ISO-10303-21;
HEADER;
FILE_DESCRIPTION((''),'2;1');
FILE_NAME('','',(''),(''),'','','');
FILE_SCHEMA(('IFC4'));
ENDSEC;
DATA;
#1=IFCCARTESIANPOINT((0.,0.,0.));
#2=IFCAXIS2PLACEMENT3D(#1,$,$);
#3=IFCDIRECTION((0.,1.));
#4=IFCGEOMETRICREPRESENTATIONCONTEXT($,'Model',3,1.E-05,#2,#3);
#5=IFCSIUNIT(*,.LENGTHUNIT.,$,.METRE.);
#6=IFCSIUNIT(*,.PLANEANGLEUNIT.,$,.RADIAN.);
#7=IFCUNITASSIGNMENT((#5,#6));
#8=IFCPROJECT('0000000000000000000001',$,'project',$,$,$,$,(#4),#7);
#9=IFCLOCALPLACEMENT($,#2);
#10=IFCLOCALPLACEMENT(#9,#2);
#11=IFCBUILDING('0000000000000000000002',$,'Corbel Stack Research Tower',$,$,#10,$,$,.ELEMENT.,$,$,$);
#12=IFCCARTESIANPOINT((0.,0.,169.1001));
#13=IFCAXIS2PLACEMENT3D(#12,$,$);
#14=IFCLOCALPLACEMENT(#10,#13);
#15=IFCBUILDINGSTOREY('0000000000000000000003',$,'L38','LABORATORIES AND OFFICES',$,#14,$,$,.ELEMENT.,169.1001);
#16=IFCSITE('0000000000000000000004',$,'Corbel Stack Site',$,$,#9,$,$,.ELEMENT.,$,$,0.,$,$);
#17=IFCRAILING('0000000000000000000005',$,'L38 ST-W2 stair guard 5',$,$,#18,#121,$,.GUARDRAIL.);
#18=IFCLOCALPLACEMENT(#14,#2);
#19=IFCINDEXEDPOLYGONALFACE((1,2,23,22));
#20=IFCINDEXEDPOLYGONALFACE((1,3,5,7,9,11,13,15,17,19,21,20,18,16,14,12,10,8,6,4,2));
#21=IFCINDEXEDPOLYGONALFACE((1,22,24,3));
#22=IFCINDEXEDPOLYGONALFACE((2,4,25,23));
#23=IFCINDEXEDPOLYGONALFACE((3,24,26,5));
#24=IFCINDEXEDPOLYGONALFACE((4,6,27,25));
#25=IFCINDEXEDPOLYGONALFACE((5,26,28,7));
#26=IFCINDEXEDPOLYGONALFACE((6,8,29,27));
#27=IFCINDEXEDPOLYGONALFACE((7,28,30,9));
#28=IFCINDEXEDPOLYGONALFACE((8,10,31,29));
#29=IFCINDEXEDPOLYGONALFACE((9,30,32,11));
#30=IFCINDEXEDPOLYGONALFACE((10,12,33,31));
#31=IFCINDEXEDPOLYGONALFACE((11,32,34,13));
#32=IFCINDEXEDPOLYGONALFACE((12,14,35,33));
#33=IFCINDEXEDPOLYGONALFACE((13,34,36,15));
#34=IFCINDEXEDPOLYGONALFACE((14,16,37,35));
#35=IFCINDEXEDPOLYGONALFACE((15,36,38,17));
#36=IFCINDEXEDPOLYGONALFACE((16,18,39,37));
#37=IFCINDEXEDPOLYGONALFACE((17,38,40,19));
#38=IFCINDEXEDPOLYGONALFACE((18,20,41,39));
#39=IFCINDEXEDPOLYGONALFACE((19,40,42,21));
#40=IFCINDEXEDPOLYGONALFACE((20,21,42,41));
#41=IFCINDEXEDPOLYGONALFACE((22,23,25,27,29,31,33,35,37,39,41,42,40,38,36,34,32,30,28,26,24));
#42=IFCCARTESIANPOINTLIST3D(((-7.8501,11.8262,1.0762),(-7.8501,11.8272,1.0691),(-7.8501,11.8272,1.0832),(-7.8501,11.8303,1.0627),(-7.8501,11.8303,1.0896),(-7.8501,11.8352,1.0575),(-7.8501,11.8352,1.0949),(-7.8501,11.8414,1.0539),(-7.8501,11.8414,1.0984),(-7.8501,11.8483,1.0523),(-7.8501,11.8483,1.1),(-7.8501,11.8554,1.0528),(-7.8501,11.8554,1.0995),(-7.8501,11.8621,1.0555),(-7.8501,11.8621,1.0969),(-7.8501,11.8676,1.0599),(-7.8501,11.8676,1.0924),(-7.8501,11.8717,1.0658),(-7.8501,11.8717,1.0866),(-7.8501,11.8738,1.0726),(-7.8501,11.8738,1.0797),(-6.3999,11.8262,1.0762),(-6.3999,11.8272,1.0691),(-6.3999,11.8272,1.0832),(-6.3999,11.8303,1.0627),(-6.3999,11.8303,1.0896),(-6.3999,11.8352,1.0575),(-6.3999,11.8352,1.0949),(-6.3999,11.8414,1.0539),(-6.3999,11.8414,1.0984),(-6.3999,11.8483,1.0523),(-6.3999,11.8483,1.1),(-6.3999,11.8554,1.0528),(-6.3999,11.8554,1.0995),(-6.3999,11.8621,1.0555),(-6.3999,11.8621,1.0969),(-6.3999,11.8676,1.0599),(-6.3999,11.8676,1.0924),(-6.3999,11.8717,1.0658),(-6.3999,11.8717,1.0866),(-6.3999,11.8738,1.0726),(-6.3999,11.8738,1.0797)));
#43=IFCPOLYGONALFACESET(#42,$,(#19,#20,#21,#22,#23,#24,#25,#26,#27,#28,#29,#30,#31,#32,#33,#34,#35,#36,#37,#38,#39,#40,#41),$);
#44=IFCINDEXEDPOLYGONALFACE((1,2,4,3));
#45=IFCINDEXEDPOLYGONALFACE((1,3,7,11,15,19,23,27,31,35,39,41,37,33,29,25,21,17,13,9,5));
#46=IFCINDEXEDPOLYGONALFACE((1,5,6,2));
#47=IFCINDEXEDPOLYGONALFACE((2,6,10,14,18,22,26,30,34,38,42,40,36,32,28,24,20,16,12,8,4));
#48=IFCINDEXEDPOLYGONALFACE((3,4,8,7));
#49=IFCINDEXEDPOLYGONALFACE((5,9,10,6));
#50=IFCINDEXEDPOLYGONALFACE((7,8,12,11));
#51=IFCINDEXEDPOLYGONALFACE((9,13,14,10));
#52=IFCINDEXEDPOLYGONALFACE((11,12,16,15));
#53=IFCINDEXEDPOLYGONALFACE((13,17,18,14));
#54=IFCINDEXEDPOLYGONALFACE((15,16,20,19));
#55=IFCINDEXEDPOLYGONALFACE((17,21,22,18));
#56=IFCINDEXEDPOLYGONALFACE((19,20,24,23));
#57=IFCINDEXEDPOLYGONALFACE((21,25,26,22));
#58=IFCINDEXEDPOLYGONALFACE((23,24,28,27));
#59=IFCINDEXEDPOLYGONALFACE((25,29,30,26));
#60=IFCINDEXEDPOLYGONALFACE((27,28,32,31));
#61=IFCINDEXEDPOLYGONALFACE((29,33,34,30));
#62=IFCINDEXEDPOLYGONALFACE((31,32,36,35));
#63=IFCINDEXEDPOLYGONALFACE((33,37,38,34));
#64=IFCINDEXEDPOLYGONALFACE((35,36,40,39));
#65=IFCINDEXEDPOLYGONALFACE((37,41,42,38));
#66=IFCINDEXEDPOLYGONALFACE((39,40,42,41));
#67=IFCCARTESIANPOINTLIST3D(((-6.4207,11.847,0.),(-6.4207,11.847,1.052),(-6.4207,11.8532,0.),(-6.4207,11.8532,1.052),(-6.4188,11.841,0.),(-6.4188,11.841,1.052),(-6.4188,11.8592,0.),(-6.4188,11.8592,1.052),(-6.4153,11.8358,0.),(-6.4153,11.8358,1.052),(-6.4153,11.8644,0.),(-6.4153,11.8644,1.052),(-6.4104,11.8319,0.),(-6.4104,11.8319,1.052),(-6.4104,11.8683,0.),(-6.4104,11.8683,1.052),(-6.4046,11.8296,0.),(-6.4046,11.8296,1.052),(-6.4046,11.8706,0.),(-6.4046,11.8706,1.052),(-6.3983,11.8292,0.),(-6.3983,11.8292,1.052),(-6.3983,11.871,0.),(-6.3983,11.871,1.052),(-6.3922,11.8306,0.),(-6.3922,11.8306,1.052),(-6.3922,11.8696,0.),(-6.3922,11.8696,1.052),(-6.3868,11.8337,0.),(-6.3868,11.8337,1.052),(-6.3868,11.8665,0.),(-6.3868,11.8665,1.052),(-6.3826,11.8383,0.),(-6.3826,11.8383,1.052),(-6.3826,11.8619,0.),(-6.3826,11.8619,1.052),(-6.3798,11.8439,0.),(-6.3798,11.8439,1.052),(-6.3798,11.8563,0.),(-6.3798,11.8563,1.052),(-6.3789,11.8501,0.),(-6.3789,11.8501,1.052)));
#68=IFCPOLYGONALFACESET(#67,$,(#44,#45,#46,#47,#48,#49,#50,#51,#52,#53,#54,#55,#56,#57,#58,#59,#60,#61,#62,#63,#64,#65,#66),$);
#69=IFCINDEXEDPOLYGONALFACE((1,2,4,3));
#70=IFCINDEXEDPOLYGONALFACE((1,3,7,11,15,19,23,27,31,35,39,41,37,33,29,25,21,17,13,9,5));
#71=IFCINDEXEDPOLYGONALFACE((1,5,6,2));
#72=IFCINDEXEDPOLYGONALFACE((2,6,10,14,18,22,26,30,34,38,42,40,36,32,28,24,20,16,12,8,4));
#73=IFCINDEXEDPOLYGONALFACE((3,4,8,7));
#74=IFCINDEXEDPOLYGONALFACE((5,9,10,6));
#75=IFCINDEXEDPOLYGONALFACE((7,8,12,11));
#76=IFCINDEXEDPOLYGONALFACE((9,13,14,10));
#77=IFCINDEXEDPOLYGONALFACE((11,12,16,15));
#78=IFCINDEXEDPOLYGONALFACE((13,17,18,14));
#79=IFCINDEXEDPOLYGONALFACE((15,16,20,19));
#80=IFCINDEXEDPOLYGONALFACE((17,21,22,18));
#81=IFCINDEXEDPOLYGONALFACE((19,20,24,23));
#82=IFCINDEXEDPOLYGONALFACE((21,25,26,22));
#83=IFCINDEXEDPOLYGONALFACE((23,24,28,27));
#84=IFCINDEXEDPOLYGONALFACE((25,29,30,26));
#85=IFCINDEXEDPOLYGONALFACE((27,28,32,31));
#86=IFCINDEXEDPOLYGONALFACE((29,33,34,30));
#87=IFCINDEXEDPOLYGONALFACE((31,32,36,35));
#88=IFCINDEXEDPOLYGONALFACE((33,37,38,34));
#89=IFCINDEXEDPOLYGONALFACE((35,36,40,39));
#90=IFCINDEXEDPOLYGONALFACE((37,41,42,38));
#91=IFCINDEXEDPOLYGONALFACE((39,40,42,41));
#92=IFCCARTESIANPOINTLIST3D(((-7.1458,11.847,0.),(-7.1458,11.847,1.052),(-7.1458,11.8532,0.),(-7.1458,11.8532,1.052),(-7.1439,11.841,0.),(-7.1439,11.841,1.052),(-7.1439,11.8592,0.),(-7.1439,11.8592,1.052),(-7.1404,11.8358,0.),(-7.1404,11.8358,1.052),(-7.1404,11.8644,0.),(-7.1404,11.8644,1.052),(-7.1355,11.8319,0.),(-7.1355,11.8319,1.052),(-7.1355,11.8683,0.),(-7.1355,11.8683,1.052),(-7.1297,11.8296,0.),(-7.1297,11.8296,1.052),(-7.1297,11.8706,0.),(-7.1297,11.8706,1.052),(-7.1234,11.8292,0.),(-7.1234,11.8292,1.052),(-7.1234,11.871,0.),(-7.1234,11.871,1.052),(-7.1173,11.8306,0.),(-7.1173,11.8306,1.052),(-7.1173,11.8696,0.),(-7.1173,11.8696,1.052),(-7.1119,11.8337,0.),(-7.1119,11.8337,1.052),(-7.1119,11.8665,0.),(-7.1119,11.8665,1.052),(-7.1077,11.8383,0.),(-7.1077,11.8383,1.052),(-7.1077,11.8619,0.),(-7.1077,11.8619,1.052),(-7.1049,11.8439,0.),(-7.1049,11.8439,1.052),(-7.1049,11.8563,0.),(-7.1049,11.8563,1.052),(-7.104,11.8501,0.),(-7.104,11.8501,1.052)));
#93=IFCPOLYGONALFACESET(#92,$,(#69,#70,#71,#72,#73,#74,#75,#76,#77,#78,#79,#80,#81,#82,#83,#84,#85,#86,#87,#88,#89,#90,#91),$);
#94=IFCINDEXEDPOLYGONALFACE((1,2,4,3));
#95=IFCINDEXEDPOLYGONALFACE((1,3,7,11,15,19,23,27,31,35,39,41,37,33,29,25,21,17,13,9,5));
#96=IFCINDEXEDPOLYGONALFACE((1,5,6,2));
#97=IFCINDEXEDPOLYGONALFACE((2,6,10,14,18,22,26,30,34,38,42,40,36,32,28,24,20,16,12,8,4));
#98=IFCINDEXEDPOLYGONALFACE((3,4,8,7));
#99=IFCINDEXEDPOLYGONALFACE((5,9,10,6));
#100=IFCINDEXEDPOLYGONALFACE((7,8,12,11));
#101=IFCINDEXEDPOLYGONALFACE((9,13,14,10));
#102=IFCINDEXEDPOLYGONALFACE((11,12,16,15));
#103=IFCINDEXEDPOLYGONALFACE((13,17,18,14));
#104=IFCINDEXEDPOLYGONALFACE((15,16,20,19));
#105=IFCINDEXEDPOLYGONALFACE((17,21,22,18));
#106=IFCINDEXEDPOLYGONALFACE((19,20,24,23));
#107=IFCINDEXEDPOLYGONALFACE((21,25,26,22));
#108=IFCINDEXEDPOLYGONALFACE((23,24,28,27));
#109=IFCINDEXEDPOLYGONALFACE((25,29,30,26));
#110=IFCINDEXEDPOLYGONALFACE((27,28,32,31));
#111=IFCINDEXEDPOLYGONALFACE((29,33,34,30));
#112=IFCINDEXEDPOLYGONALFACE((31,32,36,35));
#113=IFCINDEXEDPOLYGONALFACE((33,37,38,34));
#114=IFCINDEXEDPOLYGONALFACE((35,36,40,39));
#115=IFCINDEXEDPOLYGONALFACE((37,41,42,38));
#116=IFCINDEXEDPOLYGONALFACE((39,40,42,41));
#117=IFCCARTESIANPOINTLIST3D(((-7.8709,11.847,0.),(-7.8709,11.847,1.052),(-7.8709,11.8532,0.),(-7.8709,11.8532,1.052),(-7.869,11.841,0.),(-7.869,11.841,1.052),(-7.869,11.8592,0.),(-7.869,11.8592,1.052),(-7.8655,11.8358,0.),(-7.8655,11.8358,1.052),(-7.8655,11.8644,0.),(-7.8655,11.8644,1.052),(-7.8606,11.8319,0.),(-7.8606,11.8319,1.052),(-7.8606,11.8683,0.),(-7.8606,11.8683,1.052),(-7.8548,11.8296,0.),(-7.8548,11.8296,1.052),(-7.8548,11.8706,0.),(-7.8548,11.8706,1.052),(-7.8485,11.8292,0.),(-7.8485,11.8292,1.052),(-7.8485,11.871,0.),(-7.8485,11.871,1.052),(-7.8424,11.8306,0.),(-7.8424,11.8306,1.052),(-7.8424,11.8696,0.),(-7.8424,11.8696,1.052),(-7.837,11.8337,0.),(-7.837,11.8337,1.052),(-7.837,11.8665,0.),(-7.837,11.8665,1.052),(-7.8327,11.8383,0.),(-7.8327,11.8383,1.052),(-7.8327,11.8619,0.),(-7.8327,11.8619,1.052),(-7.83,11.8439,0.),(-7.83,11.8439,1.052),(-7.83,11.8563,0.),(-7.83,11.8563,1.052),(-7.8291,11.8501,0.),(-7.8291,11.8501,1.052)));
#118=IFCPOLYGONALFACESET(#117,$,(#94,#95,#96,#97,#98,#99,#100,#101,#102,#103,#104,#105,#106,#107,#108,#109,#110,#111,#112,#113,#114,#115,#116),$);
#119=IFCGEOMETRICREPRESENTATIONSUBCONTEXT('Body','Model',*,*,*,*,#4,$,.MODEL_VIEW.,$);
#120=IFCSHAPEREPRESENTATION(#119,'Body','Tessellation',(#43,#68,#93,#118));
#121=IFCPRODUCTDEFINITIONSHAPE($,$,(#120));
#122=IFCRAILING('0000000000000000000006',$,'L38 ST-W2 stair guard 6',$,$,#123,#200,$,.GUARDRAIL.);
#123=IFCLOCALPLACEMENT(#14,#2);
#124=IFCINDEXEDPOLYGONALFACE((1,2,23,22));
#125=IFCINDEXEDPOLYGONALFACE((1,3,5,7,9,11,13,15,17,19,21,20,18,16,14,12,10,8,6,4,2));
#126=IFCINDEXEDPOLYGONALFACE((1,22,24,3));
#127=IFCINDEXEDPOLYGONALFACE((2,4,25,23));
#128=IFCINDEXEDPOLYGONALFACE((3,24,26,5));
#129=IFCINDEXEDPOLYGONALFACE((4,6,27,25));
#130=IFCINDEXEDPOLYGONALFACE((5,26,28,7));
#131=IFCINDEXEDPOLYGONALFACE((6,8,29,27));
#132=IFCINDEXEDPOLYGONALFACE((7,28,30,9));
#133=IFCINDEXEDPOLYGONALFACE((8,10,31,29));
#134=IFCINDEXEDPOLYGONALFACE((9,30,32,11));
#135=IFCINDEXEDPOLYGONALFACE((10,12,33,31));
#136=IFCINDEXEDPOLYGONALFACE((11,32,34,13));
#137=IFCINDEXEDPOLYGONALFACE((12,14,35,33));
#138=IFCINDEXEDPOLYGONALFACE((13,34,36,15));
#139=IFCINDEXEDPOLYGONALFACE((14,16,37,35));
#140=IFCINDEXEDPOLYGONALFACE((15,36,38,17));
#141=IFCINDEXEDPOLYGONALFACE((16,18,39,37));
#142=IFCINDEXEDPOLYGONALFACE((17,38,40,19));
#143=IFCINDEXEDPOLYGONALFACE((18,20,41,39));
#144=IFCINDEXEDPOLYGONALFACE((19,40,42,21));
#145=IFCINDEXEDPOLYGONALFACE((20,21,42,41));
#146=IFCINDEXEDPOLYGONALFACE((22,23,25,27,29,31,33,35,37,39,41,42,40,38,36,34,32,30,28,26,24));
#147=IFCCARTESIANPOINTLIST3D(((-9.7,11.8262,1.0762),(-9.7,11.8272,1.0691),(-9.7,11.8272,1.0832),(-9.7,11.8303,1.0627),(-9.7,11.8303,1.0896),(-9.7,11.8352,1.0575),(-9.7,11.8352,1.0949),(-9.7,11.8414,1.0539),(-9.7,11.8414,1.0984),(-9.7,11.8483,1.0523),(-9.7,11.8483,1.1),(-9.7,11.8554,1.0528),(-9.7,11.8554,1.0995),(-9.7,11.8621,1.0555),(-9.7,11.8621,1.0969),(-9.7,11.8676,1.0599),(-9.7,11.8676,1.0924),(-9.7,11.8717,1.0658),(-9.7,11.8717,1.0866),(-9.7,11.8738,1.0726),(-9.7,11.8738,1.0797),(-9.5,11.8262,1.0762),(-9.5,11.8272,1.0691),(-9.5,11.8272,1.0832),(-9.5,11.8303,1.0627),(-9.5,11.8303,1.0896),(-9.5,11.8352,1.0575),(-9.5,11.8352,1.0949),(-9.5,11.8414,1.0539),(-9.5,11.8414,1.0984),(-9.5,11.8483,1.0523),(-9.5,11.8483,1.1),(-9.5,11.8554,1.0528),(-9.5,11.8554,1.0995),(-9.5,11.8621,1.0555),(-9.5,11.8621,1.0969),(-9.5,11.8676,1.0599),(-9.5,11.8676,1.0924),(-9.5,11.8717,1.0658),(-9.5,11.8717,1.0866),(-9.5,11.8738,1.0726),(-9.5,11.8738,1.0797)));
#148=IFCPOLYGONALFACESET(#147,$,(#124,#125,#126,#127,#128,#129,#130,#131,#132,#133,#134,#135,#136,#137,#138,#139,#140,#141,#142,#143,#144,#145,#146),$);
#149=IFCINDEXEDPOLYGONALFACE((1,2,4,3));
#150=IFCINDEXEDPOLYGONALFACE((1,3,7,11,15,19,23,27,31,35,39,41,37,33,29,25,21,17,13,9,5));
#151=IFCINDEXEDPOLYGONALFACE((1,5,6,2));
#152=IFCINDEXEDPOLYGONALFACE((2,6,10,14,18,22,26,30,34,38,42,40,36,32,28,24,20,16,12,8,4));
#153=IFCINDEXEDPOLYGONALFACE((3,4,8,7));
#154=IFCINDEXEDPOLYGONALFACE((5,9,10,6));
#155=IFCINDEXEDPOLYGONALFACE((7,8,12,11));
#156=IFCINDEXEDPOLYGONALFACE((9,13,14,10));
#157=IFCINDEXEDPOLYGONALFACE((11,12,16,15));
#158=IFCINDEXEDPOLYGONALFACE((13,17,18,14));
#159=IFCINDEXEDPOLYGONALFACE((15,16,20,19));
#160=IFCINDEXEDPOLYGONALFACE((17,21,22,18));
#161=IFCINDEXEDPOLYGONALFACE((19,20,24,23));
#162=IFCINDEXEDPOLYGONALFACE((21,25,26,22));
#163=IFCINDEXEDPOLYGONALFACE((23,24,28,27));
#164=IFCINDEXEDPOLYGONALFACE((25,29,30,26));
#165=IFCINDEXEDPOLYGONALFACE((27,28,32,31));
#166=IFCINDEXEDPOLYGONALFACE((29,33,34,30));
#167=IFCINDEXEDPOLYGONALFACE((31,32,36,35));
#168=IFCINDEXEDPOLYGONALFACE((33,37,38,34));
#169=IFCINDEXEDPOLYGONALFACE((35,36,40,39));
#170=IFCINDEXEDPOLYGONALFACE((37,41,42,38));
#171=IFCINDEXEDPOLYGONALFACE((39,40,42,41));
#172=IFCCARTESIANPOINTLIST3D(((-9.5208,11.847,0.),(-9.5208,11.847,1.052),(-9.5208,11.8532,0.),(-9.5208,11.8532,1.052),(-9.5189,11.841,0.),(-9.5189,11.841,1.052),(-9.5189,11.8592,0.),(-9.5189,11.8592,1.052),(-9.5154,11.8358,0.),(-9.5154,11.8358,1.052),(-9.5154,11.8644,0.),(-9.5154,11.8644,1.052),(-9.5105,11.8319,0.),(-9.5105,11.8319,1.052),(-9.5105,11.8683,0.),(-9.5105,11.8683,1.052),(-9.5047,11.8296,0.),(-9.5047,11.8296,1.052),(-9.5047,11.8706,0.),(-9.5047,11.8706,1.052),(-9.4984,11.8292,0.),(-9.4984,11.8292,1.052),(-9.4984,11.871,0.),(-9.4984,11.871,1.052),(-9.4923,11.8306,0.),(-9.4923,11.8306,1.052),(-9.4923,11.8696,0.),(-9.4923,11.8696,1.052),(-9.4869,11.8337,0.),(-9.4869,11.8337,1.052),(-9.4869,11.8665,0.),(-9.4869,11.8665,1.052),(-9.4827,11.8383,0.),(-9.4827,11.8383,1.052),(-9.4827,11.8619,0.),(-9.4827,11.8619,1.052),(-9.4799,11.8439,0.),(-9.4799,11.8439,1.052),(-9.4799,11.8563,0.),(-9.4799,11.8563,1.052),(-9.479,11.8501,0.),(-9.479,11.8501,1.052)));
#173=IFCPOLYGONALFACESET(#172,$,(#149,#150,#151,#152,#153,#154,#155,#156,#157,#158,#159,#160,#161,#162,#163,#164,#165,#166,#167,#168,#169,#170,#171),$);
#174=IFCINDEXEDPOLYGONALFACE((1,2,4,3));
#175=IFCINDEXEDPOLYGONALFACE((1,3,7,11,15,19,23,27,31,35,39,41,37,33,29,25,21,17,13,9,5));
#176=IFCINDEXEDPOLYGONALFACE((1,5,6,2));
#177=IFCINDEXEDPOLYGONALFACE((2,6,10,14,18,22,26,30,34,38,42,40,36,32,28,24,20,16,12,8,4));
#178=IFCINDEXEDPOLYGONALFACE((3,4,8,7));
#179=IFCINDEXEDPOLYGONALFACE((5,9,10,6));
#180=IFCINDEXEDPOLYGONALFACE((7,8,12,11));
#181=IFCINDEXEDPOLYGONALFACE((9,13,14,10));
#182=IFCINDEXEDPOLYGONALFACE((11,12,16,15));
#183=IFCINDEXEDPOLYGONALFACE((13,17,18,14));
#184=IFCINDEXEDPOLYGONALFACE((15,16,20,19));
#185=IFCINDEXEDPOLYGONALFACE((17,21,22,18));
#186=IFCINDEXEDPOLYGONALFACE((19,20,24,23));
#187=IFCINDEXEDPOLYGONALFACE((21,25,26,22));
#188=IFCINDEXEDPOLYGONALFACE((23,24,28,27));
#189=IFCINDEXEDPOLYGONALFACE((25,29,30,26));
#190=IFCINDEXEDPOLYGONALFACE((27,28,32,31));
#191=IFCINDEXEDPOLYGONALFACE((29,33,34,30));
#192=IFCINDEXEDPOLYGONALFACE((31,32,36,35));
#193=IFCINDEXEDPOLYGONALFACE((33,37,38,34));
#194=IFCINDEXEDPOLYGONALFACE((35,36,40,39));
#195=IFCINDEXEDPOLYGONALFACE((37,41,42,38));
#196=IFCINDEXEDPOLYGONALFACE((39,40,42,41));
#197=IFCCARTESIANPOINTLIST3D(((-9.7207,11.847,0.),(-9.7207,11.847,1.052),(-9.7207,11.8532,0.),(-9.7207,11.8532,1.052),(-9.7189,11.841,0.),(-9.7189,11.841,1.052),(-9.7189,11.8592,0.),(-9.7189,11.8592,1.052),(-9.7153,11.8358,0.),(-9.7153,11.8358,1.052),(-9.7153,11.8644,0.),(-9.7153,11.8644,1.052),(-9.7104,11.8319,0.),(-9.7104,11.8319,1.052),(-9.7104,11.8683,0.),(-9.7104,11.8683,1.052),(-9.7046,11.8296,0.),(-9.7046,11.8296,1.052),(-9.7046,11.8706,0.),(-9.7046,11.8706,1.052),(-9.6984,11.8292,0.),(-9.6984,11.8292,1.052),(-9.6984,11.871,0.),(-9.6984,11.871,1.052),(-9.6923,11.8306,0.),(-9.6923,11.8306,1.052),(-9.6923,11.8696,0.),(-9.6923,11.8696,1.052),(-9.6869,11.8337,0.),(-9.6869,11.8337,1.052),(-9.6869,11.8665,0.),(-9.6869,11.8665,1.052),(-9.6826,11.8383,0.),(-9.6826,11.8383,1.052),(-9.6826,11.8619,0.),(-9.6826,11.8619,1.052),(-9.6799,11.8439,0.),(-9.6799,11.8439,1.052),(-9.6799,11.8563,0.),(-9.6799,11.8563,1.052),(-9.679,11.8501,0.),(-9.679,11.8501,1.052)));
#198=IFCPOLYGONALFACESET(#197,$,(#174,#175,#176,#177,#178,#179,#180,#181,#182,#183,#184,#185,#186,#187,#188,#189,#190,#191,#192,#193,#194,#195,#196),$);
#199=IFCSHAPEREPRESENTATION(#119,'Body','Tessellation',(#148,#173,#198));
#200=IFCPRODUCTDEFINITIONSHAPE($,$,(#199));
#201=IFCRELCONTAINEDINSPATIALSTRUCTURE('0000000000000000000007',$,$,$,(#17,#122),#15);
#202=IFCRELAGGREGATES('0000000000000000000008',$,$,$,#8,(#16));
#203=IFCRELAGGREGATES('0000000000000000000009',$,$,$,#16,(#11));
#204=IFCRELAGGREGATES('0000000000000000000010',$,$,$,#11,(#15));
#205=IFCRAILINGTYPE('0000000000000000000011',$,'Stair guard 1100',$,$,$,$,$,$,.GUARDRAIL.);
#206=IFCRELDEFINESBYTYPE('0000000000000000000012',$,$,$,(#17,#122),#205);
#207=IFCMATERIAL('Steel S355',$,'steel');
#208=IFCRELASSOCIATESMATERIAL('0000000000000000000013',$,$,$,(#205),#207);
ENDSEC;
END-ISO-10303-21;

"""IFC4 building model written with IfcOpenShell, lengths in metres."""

from ifc_helpers import new_model, si_unit, direction, frame, origin, origin_2d, place, context, subcontext, project, spatial, circle, extrude, material, type_object, element, save


model = new_model("IFC4")

# Units and contexts
model_context = context("Model", 3, precision=1e-05, world=origin(), true_north=direction((0.0, 1.0)))
body_context = subcontext(model_context, "Body", "Model", "MODEL_VIEW")
ifc_project = project(units=[si_unit("LENGTHUNIT", "METRE"), si_unit("PLANEANGLEUNIT", "RADIAN")], contexts=[model_context])

# Site, building, storey
site_placement = place(None, origin())
site = spatial("IfcSite", under=ifc_project, at=site_placement, Name="Corbel Stack Site", CompositionType="ELEMENT", RefElevation=0.0)
building_placement = place(site_placement, origin())
building = spatial("IfcBuilding", under=site, at=building_placement, Name="Corbel Stack Research Tower", CompositionType="ELEMENT")
storey_placement = place(building_placement, frame((0.0, 0.0, 169.1001)))
storey = spatial("IfcBuildingStorey", under=building, at=storey_placement, Name="L38", Description="LABORATORIES AND OFFICES", CompositionType="ELEMENT", Elevation=169.1001)

# Railings
ifc_material_1 = material(Name="Steel S355", Category="steel")
railing_type_1 = type_object("IfcRailingType", Name="Stair guard 1100", PredefinedType="GUARDRAIL", material=ifc_material_1)
railing_1_placement = place(storey_placement, frame((-6.3999, 11.8501, 0.0)))
element("IfcRailing", 1, at=railing_1_placement, inside=storey, type_object=railing_type_1, Name="L38 ST-W2 stair guard 5", PredefinedType="GUARDRAIL", context=body_context, shape_type="SweptSolid", body=[
    extrude(circle(Radius=0.0239, at=origin_2d()), frame((0.0, 0.0, 1.0762), z_axis=(-1.0, 0.0, 0.0), x_axis=(0.0, -1.0, 0.0)), (0.0, 0.0, 1.0), 1.4502),
    extrude(circle(Radius=0.021, at=origin_2d()), origin(), (0.0, 0.0, 1.0), 1.052),
    extrude(circle(Radius=0.021, at=origin_2d()), frame((-0.7251, 0.0, 0.0)), (0.0, 0.0, 1.0), 1.052),
    extrude(circle(Radius=0.021, at=origin_2d()), frame((-1.4502, 0.0, 0.0)), (0.0, 0.0, 1.0), 1.052),
])
railing_2_placement = place(storey_placement, frame((-9.5, 11.8501, 0.0)))
element("IfcRailing", 2, at=railing_2_placement, inside=storey, type_object=railing_type_1, Name="L38 ST-W2 stair guard 6", PredefinedType="GUARDRAIL", context=body_context, shape_type="SweptSolid", body=[
    extrude(circle(Radius=0.0239, at=origin_2d()), frame((0.0, 0.0, 1.0762), z_axis=(-1.0, 0.0, 0.0), x_axis=(0.0, -1.0, 0.0)), (0.0, 0.0, 1.0), 0.2),
    extrude(circle(Radius=0.021, at=origin_2d()), origin(), (0.0, 0.0, 1.0), 1.052),
    extrude(circle(Radius=0.021, at=origin_2d()), frame((-0.2, 0.0, 0.0)), (0.0, 0.0, 1.0), 1.052),
])

save(model, "model.ifc")
